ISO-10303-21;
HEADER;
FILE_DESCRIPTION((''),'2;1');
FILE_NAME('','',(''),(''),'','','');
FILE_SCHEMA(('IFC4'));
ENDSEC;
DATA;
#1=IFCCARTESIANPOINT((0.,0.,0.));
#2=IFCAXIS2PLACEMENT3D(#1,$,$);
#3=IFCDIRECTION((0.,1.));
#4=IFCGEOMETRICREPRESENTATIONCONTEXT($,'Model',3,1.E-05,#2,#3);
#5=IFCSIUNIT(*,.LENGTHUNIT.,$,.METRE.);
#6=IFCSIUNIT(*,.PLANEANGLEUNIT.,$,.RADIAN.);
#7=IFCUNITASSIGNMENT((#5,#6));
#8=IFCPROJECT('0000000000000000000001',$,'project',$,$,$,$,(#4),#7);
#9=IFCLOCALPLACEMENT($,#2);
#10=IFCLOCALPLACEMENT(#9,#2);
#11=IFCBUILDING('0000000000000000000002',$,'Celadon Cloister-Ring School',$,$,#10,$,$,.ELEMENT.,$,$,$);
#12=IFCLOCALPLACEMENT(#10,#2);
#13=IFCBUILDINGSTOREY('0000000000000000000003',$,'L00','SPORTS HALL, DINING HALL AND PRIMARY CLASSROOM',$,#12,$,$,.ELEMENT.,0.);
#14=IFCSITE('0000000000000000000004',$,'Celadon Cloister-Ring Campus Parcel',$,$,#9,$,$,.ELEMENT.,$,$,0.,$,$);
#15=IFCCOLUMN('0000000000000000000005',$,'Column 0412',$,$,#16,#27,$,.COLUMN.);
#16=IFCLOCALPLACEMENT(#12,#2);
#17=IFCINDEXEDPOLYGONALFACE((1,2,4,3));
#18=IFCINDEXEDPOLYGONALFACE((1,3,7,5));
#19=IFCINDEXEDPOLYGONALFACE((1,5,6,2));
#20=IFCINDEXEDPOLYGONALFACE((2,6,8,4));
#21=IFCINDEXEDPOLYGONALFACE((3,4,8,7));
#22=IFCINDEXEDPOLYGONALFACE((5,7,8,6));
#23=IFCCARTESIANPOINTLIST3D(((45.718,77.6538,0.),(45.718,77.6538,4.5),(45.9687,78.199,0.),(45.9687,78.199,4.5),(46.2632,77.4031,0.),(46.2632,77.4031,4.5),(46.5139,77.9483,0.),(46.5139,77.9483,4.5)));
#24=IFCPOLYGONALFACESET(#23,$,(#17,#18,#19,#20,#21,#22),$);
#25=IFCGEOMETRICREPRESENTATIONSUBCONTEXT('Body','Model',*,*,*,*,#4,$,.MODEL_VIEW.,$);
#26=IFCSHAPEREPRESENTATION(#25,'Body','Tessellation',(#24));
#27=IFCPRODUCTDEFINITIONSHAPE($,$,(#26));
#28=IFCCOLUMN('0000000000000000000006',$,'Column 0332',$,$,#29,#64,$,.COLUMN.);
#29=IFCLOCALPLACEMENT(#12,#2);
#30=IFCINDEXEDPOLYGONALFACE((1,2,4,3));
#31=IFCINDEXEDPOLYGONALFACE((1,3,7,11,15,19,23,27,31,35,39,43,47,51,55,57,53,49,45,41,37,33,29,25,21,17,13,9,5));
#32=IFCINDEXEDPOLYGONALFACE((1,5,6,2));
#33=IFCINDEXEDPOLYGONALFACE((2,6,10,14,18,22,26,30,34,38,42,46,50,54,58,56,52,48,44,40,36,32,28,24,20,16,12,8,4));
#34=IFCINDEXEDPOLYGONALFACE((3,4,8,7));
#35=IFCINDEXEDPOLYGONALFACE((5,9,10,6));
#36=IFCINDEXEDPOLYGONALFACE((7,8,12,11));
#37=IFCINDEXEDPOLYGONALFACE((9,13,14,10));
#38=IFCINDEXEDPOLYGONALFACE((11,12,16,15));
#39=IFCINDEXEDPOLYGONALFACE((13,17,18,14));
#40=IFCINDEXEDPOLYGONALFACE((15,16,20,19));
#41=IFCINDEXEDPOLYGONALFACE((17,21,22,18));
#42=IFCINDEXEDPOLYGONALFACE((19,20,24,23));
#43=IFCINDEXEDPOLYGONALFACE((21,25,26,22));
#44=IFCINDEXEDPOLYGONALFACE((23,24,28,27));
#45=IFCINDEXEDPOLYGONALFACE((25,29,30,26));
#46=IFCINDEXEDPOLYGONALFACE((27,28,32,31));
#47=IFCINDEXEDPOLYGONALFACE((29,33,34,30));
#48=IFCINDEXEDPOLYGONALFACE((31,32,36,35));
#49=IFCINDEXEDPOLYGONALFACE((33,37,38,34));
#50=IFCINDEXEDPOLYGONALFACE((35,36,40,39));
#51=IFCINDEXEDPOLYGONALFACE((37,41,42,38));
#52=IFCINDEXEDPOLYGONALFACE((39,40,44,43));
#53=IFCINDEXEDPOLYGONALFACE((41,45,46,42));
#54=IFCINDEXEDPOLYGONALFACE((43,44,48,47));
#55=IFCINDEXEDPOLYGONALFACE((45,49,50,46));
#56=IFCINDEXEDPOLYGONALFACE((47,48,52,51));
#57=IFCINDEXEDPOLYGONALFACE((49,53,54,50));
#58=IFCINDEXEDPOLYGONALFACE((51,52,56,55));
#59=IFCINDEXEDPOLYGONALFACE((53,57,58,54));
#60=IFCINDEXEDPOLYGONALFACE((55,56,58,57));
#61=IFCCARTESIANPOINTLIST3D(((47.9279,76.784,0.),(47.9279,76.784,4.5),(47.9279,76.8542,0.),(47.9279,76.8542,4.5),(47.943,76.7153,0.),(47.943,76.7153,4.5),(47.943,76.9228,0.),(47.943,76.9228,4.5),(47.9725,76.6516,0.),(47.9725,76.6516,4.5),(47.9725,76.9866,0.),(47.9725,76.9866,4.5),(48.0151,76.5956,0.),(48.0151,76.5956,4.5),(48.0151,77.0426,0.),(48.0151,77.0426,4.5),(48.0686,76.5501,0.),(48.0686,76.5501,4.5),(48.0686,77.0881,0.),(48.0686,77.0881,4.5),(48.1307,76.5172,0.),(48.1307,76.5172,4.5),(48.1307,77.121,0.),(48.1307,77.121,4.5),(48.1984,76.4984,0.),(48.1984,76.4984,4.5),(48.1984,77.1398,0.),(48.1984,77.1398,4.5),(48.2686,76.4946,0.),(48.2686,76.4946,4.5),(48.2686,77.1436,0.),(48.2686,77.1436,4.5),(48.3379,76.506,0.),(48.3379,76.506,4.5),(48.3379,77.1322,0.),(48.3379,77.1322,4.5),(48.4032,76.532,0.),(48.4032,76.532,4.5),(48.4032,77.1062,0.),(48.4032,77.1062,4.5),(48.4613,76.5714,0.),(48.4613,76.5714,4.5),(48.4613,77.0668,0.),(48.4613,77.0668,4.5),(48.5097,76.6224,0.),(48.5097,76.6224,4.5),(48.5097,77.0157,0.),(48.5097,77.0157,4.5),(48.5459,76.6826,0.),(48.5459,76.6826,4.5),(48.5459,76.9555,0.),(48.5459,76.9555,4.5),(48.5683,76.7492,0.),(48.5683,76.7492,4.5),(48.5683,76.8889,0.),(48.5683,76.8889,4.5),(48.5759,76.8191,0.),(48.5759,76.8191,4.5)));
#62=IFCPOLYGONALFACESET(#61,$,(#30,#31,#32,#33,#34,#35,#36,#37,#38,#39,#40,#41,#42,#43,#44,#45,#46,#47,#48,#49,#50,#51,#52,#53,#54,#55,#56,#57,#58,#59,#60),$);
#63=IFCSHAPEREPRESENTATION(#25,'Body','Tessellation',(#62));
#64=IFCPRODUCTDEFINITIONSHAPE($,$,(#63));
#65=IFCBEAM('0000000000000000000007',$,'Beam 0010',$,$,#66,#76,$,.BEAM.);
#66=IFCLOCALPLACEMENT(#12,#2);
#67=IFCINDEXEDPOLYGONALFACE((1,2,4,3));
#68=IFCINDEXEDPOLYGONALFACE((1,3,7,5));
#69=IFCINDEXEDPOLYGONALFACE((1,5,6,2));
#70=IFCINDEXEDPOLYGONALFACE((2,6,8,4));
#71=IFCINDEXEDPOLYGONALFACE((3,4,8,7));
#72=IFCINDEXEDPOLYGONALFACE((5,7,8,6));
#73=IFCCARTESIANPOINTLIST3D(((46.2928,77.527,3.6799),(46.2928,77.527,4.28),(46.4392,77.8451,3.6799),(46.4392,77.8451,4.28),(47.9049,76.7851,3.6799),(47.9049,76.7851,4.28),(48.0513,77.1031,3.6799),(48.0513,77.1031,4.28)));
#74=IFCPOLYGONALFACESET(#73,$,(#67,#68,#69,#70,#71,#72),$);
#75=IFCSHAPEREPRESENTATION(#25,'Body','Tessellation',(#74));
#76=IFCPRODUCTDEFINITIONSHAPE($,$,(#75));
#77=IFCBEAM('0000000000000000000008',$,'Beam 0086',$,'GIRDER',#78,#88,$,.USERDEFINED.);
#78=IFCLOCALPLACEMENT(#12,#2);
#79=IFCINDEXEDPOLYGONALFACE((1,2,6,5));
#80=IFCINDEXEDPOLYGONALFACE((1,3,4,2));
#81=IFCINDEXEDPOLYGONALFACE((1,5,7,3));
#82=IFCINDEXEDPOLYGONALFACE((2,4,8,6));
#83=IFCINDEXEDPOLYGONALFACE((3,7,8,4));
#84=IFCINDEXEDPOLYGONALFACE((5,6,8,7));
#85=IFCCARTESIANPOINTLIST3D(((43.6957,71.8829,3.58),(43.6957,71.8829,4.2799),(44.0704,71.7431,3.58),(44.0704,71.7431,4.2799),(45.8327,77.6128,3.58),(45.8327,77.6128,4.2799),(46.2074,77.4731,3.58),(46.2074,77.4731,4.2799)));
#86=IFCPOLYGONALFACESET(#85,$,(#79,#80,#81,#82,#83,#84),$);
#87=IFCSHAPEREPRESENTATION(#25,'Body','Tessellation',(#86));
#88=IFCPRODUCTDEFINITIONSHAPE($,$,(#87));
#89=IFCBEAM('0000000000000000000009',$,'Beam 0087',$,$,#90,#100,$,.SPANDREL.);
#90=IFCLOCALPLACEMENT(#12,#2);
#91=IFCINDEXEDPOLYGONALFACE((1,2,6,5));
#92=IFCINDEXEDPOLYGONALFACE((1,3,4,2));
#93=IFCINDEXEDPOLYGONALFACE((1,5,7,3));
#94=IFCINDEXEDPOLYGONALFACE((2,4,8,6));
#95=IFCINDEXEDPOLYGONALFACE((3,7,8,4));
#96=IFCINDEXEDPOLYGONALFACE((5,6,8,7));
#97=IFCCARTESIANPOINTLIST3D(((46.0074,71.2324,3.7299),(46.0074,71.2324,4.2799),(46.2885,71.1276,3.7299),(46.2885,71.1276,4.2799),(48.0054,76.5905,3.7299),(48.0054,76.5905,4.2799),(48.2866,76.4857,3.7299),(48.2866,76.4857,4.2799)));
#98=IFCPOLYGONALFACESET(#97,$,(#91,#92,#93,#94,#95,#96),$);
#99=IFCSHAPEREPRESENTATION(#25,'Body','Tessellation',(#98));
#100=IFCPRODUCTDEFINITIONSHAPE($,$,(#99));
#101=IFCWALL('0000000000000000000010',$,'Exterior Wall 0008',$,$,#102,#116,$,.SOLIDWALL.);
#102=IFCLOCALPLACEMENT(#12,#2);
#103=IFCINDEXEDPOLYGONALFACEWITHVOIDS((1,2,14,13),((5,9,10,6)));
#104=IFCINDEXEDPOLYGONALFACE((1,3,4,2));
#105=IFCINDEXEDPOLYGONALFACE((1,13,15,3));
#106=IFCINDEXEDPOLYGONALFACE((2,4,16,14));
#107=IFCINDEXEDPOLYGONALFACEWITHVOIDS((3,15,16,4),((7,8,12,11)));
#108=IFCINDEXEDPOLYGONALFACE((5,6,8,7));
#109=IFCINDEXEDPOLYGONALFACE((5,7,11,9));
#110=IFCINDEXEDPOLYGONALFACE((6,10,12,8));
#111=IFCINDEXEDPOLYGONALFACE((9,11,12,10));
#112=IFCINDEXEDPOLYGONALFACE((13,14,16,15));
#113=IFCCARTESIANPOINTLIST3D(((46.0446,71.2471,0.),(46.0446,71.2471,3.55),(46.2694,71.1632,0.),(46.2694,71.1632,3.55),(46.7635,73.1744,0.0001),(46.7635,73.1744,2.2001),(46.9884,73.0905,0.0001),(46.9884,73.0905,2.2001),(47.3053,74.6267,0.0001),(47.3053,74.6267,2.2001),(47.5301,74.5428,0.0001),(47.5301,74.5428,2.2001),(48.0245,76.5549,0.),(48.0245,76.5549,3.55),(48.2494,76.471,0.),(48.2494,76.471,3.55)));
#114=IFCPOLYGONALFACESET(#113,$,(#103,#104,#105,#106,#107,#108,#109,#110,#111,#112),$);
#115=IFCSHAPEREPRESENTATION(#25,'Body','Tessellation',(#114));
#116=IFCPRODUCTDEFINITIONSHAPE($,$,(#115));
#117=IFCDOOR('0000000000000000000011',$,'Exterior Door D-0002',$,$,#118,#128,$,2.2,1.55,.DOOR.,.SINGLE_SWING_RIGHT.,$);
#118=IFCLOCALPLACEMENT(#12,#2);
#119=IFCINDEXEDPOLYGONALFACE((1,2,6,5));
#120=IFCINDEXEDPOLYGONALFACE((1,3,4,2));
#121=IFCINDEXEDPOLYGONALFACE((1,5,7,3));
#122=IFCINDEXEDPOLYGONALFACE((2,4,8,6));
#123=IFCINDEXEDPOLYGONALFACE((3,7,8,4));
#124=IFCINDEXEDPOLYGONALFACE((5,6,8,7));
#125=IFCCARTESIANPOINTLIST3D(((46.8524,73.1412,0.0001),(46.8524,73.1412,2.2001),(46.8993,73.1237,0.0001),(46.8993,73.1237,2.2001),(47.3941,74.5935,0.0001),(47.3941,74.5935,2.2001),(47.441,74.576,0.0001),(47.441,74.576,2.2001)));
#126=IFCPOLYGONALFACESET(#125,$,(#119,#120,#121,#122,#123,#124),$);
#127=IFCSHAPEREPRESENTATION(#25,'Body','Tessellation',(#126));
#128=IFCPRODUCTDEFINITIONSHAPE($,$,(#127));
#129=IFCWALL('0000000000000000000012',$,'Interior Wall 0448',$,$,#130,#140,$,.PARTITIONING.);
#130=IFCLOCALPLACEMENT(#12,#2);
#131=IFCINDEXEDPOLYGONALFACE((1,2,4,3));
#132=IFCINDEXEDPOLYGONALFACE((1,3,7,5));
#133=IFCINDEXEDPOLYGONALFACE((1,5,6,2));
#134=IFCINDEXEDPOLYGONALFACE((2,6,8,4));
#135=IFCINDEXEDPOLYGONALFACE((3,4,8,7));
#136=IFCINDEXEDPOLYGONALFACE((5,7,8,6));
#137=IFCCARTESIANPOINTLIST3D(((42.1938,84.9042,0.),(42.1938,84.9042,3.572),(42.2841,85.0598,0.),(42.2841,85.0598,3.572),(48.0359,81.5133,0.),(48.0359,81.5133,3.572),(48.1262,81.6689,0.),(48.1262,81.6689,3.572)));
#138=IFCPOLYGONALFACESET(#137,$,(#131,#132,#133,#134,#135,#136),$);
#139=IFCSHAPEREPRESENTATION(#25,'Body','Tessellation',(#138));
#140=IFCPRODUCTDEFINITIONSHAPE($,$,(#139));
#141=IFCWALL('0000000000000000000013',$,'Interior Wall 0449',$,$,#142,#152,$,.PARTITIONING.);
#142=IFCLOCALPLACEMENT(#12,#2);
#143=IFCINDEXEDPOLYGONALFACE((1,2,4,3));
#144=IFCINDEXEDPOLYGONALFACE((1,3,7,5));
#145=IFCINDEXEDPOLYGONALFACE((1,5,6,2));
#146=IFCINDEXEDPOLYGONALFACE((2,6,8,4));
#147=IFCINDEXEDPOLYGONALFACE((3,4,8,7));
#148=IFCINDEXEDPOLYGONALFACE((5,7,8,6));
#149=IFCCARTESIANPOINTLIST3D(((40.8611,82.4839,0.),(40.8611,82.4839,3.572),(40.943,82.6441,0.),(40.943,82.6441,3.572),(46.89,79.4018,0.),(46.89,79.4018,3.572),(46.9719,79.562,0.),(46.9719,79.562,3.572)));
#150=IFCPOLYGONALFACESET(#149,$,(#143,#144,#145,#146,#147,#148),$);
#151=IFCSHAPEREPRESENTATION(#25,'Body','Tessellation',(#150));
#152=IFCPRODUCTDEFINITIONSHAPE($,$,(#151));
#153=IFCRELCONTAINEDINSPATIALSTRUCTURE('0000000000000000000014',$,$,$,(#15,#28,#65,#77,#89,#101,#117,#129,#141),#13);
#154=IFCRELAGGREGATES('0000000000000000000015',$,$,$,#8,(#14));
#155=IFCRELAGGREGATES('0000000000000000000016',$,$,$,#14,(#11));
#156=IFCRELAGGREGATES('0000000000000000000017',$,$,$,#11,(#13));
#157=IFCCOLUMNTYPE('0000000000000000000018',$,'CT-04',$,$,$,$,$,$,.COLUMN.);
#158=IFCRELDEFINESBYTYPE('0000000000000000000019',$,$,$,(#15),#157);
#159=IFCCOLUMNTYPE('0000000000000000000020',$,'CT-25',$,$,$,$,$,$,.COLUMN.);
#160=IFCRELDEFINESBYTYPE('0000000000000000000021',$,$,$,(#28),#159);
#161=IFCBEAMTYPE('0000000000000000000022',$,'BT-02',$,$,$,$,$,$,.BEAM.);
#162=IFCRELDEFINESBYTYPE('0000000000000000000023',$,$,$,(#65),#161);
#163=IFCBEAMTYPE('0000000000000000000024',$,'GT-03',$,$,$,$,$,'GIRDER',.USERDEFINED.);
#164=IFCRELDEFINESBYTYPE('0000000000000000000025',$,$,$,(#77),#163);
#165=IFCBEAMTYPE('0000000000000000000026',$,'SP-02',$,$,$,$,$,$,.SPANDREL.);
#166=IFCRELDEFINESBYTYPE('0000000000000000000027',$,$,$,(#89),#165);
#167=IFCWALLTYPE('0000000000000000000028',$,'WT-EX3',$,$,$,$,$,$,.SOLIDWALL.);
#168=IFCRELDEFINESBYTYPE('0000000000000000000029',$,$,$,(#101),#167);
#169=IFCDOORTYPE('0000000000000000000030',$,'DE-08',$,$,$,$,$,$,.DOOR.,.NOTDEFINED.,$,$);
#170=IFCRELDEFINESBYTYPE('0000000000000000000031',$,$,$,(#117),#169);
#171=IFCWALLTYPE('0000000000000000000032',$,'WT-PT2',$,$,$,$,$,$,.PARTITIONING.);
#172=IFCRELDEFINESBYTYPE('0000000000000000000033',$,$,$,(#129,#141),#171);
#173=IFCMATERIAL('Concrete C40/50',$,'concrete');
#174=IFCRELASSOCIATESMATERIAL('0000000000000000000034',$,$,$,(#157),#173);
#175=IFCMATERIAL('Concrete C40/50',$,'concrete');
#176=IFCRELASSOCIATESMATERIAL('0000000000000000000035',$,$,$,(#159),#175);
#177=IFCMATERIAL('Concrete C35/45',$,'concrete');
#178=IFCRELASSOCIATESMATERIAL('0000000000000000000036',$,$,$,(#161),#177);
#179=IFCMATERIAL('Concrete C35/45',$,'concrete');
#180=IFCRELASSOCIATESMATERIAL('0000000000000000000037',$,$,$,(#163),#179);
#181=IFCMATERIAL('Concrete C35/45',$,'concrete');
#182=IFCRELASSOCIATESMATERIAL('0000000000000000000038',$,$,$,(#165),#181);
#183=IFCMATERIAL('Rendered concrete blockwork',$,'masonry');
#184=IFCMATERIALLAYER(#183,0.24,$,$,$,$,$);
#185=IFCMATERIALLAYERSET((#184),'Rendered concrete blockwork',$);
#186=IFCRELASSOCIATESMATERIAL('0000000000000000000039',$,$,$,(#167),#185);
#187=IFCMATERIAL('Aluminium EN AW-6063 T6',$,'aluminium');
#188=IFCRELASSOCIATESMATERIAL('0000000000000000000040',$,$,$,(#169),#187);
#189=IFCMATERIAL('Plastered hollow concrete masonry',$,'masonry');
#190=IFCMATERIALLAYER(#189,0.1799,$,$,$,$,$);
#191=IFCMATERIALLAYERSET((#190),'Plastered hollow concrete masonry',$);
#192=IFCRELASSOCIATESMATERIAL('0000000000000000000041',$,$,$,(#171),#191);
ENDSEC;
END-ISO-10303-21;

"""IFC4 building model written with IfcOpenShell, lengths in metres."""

from ifc_helpers import new_model, si_unit, direction, frame, frame_2d, origin, origin_2d, place, context, subcontext, project, spatial, rectangle, circle, extrude, material, layer, layer_set, material_profile, profile_set, type_object, element, fill, save


model = new_model("IFC4")

# Units and contexts
model_context = context("Model", 3, precision=1e-05, world=origin(), true_north=direction((0.0, 1.0)))
body_context = subcontext(model_context, "Body", "Model", "MODEL_VIEW")
ifc_project = project(units=[si_unit("LENGTHUNIT", "METRE"), si_unit("PLANEANGLEUNIT", "RADIAN")], contexts=[model_context])

# Site, building, storey
site_placement = place(None, origin())
site = spatial("IfcSite", under=ifc_project, at=site_placement, Name="Celadon Cloister-Ring Campus Parcel", CompositionType="ELEMENT", RefElevation=0.0)
building_placement = place(site_placement, origin())
building = spatial("IfcBuilding", under=site, at=building_placement, Name="Celadon Cloister-Ring School", CompositionType="ELEMENT")
storey_placement = place(building_placement, origin())
storey = spatial("IfcBuildingStorey", under=building, at=storey_placement, Name="L00", Description="SPORTS HALL, DINING HALL AND PRIMARY CLASSROOM", CompositionType="ELEMENT", Elevation=0.0)

# Columns
ifc_material_1 = material(Name="Concrete C40/50", Category="concrete")
ifc_material_profile_1 = material_profile(ifc_material_1, rectangle(XDim=0.6001, YDim=0.6001, at=origin_2d()), Name="RC600X600")
ifc_profile_set_1 = profile_set([ifc_material_profile_1], Name="Concrete C40/50")
column_type_1 = type_object("IfcColumnType", Name="CT-04", PredefinedType="COLUMN", material=ifc_profile_set_1)
column_1_placement = place(storey_placement, frame((46.116, 77.801, 0.0), z_axis=(0.0, 0.0, 1.0), x_axis=(-0.908537, 0.417804, 0.0)))
element("IfcColumn", 1, at=column_1_placement, inside=storey, type_object=column_type_1, Name="Column 0412", PredefinedType="COLUMN", context=body_context, shape_type="SweptSolid", body=[
    extrude(rectangle(XDim=0.6001, YDim=0.6001, at=origin_2d()), origin(), (0.0, 0.0, 1.0), 4.5),
])
ifc_material_2 = material(Name="Concrete C40/50", Category="concrete")
ifc_material_profile_2 = material_profile(ifc_material_2, circle(Radius=0.325, at=origin_2d()), Name="CIRC650")
ifc_profile_set_2 = profile_set([ifc_material_profile_2], Name="Concrete C40/50")
column_type_2 = type_object("IfcColumnType", Name="CT-25", PredefinedType="COLUMN", material=ifc_profile_set_2)
column_2_placement = place(storey_placement, frame((48.251, 76.8191, 0.0), z_axis=(0.0, 0.0, 1.0), x_axis=(1.0, 0.0, 0.0)))
element("IfcColumn", 2, at=column_2_placement, inside=storey, type_object=column_type_2, Name="Column 0332", PredefinedType="COLUMN", context=body_context, shape_type="SweptSolid", body=[
    extrude(circle(Radius=0.325, at=origin_2d()), origin(), (0.0, 0.0, 1.0), 4.5),
])

# Beams
ifc_material_3 = material(Name="Concrete C35/45", Category="concrete")
ifc_material_profile_3 = material_profile(ifc_material_3, rectangle(XDim=0.3501, YDim=0.6001, at=origin_2d()), Name="RC350X600")
ifc_profile_set_3 = profile_set([ifc_material_profile_3], Name="Concrete C35/45")
beam_type_1 = type_object("IfcBeamType", Name="BT-02", PredefinedType="BEAM", material=ifc_profile_set_3)
beam_1_placement = place(storey_placement, frame((46.366, 77.686, 3.98), z_axis=(0.908406, -0.41809, 0.0), x_axis=(0.41809, 0.908406, 0.0)))
element("IfcBeam", 3, at=beam_1_placement, inside=storey, type_object=beam_type_1, Name="Beam 0010", PredefinedType="BEAM", context=body_context, shape_type="SweptSolid", body=[
    extrude(rectangle(XDim=0.3501, YDim=0.6001, at=origin_2d()), origin(), (0.0, 0.0, 1.0), 1.7747),
])
ifc_material_4 = material(Name="Concrete C35/45", Category="concrete")
ifc_material_profile_4 = material_profile(ifc_material_4, rectangle(XDim=0.3999, YDim=0.7, at=origin_2d()), Name="RC400X700")
ifc_profile_set_4 = profile_set([ifc_material_profile_4], Name="Concrete C35/45")
beam_type_2 = type_object("IfcBeamType", Name="GT-03", ElementType="GIRDER", PredefinedType="USERDEFINED", material=ifc_profile_set_4)
beam_2_placement = place(storey_placement, frame((46.02, 77.543, 3.9299), z_axis=(-0.349434, -0.936961, 0.0), x_axis=(0.936961, -0.349434, 0.0)))
element("IfcBeam", 4, at=beam_2_placement, inside=storey, type_object=beam_type_2, Name="Beam 0086", ObjectType="GIRDER", PredefinedType="USERDEFINED", context=body_context, shape_type="SweptSolid", body=[
    extrude(rectangle(XDim=0.3999, YDim=0.7, at=origin_2d()), origin(), (0.0, 0.0, 1.0), 6.1155),
])
ifc_material_5 = material(Name="Concrete C35/45", Category="concrete")
ifc_material_profile_5 = material_profile(ifc_material_5, rectangle(XDim=0.3, YDim=0.55, at=origin_2d()), Name="RC300X550")
ifc_profile_set_5 = profile_set([ifc_material_profile_5], Name="Concrete C35/45")
beam_type_3 = type_object("IfcBeamType", Name="SP-02", PredefinedType="SPANDREL", material=ifc_profile_set_5)
beam_3_placement = place(storey_placement, frame((48.146, 76.5381, 4.0049), z_axis=(-0.349396, -0.936975, 0.0), x_axis=(0.936975, -0.349396, 0.0)))
element("IfcBeam", 5, at=beam_3_placement, inside=storey, type_object=beam_type_3, Name="Beam 0087", PredefinedType="SPANDREL", context=body_context, shape_type="SweptSolid", body=[
    extrude(rectangle(XDim=0.3, YDim=0.55, at=origin_2d()), origin(), (0.0, 0.0, 1.0), 5.7185),
])

# Wall, opening, door
ifc_material_6 = material(Name="Rendered concrete blockwork", Category="masonry")
ifc_layer_1 = layer(ifc_material_6, 0.24)
ifc_layer_set_1 = layer_set([ifc_layer_1], Name="Rendered concrete blockwork")
wall_type_1 = type_object("IfcWallType", Name="WT-EX3", PredefinedType="SOLIDWALL", material=ifc_layer_set_1)
wall_1_placement = place(storey_placement, frame((48.137, 76.5129, 0.0), z_axis=(0.0, 0.0, 1.0), x_axis=(-0.349503, -0.936935, 0.0)))
wall_1 = element("IfcWall", 6, at=wall_1_placement, inside=storey, type_object=wall_type_1, Name="Exterior Wall 0008", PredefinedType="SOLIDWALL", context=body_context, shape_type="SweptSolid", body=[
    extrude(rectangle(XDim=5.665, YDim=0.24, at=frame_2d((2.8325, 0.0))), origin(), (0.0, 0.0, 1.0), 3.55),
])
opening_1_placement = place(wall_1_placement, frame((2.0581, 0.0, 0.0)))
opening_1 = element("IfcOpeningElement", 7, at=opening_1_placement, cuts=wall_1, PredefinedType="OPENING", context=body_context, shape_type="SweptSolid", body=[
    extrude(rectangle(XDim=1.55, YDim=2.2, at=frame_2d((0.7749, 1.1001))), frame((0.0, 0.1299, 0.0), z_axis=(0.0, -1.0, 0.0), x_axis=(1.0, 0.0, 0.0)), (0.0, 0.0, 1.0), 0.26),
])
ifc_material_7 = material(Name="Aluminium EN AW-6063 T6", Category="aluminium")
door_type_1 = type_object("IfcDoorType", Name="DE-08", OperationType="NOTDEFINED", PredefinedType="DOOR", material=ifc_material_7)
door_1_placement = place(opening_1_placement, origin())
door_1 = element("IfcDoor", 8, at=door_1_placement, inside=storey, type_object=door_type_1, Name="Exterior Door D-0002", OperationType="SINGLE_SWING_RIGHT", OverallHeight=2.2, OverallWidth=1.55, PredefinedType="DOOR", context=body_context, shape_type="SweptSolid", body=[
    extrude(rectangle(XDim=1.55, YDim=2.2, at=frame_2d((0.7749, 1.1001))), frame((0.0, 0.0249, 0.0), z_axis=(0.0, -1.0, 0.0), x_axis=(1.0, 0.0, 0.0)), (0.0, 0.0, 1.0), 0.05),
])
fill(opening_1, door_1)

# Walls
ifc_material_8 = material(Name="Plastered hollow concrete masonry", Category="masonry")
ifc_layer_2 = layer(ifc_material_8, 0.1799)
ifc_layer_set_2 = layer_set([ifc_layer_2], Name="Plastered hollow concrete masonry")
wall_type_2 = type_object("IfcWallType", Name="WT-PT2", PredefinedType="PARTITIONING", material=ifc_layer_set_2)
wall_2_placement = place(storey_placement, frame((48.0811, 81.5911, 0.0), z_axis=(0.0, 0.0, 1.0), x_axis=(-0.864871, 0.501993, 0.0)))
element("IfcWall", 9, at=wall_2_placement, inside=storey, type_object=wall_type_2, Name="Interior Wall 0448", PredefinedType="PARTITIONING", context=body_context, shape_type="SweptSolid", body=[
    extrude(rectangle(XDim=6.7549, YDim=0.1799, at=frame_2d((3.3774, 0.0))), origin(), (0.0, 0.0, 1.0), 3.572),
])
wall_3_placement = place(storey_placement, frame((46.9309, 79.4819, 0.0), z_axis=(0.0, 0.0, 1.0), x_axis=(-0.890396, 0.455186, 0.0)))
element("IfcWall", 10, at=wall_3_placement, inside=storey, type_object=wall_type_2, Name="Interior Wall 0449", PredefinedType="PARTITIONING", context=body_context, shape_type="SweptSolid", body=[
    extrude(rectangle(XDim=6.771, YDim=0.1799, at=frame_2d((3.3855, 0.0))), origin(), (0.0, 0.0, 1.0), 3.572),
])

save(model, "model.ifc")
